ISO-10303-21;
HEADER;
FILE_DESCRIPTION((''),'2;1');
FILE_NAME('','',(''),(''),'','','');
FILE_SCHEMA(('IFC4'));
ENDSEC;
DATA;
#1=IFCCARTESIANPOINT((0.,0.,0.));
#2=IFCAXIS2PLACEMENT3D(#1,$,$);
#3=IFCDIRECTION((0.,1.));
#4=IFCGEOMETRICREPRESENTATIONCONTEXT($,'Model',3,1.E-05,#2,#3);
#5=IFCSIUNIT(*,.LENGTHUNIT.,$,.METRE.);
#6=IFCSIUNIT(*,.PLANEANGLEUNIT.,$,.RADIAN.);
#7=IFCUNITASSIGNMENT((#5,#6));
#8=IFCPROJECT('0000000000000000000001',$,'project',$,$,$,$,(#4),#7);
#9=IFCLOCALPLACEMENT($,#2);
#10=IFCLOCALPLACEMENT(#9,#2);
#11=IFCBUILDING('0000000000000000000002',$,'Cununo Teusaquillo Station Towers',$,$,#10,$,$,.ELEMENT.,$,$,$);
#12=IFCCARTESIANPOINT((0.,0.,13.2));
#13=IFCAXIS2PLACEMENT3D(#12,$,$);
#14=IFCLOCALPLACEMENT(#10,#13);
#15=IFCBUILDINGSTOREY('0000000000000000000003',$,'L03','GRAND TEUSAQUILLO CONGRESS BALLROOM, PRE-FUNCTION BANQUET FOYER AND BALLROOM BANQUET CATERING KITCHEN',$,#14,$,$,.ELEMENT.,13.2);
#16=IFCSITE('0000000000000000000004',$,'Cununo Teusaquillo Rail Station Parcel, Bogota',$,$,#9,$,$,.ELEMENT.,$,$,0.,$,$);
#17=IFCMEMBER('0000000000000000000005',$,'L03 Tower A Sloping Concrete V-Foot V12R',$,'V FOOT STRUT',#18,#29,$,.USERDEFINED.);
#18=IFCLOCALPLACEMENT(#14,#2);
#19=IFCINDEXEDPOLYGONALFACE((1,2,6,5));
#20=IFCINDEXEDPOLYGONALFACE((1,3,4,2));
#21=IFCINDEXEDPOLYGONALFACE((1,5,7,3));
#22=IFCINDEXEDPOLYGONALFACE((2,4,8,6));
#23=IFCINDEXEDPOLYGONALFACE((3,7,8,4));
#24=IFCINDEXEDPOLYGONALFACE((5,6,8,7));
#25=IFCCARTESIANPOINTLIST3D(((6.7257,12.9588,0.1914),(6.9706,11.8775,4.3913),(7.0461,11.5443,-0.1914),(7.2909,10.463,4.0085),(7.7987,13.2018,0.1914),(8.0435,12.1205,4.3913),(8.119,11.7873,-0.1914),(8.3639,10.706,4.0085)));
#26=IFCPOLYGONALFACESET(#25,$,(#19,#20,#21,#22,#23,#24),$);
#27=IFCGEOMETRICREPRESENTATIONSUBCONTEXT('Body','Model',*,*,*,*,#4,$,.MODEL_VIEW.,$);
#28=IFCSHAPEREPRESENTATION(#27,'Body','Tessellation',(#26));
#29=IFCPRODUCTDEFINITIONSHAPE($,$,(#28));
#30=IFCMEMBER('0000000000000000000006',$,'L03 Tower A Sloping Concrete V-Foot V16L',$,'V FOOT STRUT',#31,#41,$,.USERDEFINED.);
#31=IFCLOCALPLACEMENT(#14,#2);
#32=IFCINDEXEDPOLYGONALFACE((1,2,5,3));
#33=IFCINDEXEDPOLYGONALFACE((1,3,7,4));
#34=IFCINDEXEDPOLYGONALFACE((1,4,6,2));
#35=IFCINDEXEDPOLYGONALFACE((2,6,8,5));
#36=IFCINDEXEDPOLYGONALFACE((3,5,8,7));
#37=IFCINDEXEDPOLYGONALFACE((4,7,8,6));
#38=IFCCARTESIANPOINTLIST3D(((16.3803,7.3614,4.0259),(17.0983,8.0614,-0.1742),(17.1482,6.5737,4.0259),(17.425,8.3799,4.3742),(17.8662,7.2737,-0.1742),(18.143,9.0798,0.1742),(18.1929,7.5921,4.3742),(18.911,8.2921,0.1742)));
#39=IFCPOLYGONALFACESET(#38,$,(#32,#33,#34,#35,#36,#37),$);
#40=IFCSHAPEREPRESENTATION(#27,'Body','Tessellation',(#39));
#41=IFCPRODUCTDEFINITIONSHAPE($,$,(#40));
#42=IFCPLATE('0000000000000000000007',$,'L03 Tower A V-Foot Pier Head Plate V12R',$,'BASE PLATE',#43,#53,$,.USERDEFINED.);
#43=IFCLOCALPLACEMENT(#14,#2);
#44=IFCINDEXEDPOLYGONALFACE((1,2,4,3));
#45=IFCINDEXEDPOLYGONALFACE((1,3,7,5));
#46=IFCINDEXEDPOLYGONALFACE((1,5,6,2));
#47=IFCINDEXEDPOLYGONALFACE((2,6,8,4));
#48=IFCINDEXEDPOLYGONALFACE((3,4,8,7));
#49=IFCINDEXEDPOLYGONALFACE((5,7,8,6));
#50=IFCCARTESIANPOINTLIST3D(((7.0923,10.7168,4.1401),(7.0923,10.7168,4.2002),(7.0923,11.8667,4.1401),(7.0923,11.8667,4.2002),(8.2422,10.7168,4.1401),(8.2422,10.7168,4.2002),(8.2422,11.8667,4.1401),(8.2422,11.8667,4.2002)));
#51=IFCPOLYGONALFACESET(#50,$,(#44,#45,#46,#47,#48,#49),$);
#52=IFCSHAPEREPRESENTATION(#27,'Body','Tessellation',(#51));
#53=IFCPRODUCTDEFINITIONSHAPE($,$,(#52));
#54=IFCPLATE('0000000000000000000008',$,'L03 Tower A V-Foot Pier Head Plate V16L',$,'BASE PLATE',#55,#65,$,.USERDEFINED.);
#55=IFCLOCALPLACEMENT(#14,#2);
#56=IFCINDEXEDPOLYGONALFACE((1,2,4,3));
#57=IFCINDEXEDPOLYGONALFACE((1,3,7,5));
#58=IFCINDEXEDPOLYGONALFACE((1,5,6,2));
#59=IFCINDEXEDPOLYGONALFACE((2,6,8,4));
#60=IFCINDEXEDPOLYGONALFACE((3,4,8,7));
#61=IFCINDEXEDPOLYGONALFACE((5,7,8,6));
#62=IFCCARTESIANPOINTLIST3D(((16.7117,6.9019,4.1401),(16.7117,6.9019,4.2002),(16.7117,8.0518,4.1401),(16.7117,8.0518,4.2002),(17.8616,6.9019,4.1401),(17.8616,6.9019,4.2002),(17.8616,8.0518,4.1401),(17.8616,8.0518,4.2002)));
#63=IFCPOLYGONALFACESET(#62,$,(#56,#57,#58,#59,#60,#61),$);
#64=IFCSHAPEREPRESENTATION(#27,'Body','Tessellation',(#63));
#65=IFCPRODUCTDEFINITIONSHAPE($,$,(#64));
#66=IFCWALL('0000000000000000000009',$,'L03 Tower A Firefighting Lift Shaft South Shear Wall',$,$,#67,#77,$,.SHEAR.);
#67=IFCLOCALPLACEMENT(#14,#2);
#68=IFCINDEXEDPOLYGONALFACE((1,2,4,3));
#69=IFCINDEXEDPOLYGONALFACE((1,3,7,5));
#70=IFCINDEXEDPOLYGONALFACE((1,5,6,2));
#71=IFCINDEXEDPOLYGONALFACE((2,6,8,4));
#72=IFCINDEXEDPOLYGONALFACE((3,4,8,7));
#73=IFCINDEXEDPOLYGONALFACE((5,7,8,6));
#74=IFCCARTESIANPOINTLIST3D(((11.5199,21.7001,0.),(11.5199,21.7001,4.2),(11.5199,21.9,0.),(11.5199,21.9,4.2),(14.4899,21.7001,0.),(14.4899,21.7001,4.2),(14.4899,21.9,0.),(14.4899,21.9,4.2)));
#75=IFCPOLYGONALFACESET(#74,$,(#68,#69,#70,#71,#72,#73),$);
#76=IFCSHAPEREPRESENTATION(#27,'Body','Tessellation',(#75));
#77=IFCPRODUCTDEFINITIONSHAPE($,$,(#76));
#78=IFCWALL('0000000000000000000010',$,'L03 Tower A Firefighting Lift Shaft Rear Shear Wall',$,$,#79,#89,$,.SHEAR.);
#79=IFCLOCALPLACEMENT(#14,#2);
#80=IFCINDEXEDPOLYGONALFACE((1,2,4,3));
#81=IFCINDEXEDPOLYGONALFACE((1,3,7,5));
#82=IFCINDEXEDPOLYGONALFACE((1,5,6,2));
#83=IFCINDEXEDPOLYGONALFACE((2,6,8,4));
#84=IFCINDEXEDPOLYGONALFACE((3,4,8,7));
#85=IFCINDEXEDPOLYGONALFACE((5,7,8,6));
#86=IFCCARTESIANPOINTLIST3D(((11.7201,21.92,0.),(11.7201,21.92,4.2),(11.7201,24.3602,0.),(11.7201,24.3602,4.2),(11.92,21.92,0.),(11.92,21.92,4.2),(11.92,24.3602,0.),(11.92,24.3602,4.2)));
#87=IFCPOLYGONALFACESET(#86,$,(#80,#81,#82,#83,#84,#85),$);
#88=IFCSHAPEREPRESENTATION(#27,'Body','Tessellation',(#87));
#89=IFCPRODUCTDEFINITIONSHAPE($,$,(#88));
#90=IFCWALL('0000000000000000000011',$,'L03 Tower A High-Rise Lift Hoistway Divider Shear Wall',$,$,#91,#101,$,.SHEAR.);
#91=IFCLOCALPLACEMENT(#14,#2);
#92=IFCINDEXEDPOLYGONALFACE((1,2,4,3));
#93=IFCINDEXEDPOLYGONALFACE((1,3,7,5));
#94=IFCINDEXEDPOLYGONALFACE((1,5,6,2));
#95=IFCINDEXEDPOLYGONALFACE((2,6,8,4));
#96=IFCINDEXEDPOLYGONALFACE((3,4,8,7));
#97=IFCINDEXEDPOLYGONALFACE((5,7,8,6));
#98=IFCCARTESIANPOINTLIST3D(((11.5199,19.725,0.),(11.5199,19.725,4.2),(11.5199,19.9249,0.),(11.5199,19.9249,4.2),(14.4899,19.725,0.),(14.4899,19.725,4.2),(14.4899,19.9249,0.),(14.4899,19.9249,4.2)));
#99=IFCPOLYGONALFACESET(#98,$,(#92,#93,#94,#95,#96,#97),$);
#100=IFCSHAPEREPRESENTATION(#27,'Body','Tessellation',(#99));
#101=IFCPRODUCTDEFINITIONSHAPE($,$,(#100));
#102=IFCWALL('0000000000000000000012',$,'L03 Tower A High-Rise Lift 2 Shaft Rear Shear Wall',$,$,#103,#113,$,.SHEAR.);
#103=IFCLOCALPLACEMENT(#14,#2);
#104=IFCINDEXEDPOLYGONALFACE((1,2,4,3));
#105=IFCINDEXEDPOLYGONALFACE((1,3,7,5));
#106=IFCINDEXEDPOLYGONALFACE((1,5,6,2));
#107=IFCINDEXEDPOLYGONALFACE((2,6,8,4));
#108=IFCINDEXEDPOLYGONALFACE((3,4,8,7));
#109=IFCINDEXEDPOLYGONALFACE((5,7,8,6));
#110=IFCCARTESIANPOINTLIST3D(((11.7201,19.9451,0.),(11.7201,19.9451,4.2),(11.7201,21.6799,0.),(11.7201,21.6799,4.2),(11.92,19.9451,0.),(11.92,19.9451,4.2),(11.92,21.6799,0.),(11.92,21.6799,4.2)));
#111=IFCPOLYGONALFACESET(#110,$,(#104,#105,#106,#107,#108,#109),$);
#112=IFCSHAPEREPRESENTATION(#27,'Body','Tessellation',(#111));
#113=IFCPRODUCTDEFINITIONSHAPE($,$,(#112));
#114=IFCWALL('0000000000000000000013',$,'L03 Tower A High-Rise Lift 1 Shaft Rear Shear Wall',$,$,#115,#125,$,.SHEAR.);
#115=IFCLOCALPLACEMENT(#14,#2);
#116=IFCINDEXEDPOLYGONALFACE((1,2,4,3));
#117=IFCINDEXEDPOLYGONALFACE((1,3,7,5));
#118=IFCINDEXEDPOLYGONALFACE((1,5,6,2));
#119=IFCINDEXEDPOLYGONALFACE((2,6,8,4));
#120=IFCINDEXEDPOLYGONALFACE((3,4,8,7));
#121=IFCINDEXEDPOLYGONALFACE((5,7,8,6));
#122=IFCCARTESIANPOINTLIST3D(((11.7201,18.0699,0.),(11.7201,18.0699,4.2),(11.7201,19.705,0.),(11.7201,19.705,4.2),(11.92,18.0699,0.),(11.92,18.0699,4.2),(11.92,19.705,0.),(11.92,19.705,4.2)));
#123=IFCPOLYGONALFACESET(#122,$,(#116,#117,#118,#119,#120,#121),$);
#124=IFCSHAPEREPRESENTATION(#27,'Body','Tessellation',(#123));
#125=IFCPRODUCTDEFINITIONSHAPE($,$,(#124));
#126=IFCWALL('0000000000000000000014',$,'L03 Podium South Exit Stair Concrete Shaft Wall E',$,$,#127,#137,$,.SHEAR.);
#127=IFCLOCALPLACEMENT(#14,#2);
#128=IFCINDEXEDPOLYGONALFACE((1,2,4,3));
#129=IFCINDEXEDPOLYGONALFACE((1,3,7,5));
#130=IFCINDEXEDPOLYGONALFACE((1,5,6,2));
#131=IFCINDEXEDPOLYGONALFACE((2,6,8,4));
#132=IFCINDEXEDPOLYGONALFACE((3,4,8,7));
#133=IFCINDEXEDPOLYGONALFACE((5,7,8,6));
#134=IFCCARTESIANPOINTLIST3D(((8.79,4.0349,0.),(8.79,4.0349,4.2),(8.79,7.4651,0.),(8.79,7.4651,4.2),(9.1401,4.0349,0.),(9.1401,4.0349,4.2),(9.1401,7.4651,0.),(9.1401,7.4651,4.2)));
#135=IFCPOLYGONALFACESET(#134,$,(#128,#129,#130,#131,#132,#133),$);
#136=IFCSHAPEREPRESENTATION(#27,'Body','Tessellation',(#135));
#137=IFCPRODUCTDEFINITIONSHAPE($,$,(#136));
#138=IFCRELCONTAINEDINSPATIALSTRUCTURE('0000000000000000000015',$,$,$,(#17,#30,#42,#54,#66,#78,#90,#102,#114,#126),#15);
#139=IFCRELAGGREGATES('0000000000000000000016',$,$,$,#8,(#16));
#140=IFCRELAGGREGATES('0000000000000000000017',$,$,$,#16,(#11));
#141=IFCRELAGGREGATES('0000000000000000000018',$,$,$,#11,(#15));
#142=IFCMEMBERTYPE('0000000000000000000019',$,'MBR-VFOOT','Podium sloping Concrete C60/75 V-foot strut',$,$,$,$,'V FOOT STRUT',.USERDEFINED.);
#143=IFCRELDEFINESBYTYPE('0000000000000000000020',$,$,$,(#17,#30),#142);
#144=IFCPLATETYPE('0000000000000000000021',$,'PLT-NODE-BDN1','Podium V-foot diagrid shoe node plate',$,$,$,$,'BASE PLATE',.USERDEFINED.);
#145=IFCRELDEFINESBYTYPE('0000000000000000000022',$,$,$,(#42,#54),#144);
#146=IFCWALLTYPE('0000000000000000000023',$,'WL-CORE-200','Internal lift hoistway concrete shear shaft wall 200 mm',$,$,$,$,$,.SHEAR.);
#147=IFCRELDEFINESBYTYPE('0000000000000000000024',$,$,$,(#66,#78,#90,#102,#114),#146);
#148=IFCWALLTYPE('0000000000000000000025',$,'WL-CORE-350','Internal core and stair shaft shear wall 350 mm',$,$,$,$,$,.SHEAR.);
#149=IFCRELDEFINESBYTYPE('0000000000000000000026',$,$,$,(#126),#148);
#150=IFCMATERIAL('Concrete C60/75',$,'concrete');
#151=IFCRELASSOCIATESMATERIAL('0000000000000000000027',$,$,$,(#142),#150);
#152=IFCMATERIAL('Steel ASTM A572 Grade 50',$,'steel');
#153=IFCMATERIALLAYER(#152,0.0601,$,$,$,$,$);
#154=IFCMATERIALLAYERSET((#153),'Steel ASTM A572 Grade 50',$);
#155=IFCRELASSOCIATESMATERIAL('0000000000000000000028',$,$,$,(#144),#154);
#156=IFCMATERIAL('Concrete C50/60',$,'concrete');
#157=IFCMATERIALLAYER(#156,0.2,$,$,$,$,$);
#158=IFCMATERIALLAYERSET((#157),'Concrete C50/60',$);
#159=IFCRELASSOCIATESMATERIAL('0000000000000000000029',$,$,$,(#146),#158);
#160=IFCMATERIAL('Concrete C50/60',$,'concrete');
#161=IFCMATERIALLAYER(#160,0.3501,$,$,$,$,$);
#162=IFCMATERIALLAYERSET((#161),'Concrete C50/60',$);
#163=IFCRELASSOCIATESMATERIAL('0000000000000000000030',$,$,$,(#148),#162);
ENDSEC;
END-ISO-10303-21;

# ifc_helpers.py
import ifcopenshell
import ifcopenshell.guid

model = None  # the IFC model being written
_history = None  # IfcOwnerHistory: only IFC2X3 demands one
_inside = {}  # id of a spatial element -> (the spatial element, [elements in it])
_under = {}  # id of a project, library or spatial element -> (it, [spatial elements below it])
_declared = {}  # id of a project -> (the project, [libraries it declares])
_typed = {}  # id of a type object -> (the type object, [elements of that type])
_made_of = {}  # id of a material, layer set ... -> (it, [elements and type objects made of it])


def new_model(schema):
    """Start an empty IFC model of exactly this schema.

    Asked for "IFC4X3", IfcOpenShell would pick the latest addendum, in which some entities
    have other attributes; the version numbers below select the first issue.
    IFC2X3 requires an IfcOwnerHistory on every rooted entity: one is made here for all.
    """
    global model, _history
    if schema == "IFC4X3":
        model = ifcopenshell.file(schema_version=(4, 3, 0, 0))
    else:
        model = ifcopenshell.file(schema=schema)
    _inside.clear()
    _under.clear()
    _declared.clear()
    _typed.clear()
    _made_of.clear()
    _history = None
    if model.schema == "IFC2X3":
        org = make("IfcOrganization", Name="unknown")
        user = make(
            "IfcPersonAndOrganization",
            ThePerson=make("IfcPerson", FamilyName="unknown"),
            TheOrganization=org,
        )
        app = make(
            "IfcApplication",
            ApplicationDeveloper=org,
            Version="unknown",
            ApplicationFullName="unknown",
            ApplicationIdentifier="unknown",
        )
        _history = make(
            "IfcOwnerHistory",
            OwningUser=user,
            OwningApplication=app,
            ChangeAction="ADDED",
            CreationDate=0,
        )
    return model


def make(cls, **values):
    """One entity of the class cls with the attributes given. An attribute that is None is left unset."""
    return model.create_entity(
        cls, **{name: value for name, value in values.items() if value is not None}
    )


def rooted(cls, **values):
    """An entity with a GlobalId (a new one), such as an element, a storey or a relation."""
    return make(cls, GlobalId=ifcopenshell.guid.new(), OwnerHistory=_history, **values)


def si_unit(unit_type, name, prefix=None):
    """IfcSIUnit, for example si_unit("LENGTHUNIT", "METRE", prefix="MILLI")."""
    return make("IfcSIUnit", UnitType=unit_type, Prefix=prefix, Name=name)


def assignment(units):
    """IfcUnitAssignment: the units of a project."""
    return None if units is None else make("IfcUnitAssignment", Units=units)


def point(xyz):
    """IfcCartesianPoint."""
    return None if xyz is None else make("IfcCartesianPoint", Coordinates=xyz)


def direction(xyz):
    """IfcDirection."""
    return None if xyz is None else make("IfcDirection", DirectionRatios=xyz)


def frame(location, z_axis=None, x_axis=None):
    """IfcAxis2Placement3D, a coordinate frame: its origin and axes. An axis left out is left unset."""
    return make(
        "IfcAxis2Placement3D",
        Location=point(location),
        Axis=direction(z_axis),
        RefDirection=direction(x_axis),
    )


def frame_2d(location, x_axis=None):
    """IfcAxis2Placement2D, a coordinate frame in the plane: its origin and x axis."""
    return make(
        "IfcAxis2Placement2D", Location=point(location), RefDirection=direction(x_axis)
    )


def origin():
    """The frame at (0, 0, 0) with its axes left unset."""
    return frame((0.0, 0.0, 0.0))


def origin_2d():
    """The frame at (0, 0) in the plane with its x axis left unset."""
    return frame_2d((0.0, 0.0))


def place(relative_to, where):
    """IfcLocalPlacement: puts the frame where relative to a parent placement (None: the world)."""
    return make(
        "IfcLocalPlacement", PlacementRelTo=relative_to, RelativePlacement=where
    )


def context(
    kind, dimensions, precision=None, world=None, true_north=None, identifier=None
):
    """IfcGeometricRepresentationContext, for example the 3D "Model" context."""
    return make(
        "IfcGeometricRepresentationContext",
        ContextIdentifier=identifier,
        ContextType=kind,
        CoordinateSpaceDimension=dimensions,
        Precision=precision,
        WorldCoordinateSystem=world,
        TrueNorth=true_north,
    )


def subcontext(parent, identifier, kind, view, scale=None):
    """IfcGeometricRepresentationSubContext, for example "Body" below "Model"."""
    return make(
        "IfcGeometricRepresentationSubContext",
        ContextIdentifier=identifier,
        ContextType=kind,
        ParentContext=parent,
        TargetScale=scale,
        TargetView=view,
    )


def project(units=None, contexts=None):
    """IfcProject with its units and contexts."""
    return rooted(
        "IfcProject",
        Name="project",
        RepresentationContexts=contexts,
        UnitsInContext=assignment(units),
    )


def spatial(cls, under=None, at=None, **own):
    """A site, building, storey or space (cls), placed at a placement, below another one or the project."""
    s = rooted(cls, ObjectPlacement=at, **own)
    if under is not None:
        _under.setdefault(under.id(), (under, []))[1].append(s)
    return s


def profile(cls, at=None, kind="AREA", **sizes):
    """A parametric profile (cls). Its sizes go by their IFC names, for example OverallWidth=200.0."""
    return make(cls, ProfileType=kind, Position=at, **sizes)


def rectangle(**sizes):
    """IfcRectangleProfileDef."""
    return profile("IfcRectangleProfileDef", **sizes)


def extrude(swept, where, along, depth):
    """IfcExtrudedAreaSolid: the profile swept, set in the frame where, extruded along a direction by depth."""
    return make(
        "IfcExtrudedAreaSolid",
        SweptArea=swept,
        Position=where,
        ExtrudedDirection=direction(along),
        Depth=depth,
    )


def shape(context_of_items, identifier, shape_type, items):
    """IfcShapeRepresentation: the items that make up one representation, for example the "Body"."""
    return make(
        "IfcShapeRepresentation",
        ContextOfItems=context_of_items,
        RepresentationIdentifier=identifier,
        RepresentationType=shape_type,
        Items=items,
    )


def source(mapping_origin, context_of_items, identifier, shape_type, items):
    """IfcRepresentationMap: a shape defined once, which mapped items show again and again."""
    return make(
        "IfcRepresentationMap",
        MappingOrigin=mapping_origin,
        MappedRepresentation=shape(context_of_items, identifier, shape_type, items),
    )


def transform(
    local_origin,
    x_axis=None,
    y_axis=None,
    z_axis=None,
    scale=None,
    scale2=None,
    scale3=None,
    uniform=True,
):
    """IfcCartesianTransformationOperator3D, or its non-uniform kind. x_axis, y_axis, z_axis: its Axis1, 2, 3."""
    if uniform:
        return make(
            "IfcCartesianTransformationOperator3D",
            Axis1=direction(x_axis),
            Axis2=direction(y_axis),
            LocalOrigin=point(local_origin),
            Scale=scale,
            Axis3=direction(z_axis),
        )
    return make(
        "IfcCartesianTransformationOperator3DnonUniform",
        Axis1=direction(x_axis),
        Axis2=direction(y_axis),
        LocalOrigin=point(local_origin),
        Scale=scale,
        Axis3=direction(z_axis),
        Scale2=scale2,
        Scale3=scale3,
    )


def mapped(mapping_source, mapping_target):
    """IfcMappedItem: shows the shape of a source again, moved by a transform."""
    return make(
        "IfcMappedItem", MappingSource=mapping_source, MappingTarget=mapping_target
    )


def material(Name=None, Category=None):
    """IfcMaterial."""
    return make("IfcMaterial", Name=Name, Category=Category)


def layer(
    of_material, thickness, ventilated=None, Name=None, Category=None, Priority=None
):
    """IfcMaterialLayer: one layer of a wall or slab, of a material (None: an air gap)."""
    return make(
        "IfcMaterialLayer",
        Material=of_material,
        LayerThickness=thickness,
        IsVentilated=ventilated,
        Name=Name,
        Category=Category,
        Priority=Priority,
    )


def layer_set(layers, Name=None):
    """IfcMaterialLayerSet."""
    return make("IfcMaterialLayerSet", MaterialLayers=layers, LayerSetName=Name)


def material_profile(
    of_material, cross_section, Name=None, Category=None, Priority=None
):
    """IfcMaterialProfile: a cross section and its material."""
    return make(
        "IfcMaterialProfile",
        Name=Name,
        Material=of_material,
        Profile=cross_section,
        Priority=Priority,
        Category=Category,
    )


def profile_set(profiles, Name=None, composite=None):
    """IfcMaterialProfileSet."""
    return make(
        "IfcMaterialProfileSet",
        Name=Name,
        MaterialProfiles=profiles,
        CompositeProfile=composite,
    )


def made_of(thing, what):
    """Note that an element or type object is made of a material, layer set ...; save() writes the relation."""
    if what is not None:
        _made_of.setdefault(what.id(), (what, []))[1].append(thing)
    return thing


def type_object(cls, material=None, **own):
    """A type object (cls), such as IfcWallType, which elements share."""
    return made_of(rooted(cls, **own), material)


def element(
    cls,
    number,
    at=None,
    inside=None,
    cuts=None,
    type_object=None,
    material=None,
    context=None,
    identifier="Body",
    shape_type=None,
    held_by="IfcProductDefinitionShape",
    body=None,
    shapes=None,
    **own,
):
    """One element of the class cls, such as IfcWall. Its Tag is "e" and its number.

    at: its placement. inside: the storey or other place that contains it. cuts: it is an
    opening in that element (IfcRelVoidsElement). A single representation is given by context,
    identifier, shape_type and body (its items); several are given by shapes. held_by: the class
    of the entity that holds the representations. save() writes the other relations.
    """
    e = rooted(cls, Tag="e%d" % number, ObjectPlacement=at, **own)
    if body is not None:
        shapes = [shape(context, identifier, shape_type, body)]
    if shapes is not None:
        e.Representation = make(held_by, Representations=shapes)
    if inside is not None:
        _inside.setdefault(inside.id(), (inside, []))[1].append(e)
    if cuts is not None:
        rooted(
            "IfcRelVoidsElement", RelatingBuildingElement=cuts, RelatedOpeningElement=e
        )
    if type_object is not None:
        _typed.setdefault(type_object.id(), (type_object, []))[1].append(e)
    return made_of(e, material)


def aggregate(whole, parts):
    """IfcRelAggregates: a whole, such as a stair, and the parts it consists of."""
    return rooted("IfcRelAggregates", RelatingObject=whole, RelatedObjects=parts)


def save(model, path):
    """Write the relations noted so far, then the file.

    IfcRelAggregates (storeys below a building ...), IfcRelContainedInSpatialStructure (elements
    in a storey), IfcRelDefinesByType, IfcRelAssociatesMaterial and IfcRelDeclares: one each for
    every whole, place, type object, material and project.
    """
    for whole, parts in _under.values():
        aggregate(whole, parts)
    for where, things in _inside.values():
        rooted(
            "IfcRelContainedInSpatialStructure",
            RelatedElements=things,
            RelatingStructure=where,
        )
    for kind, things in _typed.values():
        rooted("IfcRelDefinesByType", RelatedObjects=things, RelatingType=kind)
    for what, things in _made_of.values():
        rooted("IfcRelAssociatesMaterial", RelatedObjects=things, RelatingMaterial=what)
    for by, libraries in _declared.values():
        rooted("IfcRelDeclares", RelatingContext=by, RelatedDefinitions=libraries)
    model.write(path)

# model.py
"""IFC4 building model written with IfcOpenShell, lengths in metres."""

from ifc_helpers import new_model, si_unit, direction, frame, frame_2d, origin, origin_2d, place, context, subcontext, project, spatial, rectangle, extrude, source, transform, mapped, material, layer, layer_set, material_profile, profile_set, type_object, element, save


model = new_model("IFC4")

# Units and contexts
model_context = context("Model", 3, precision=1e-05, world=origin(), true_north=direction((0.0, 1.0)))
body_context = subcontext(model_context, "Body", "Model", "MODEL_VIEW")
ifc_project = project(units=[si_unit("LENGTHUNIT", "METRE"), si_unit("PLANEANGLEUNIT", "RADIAN")], contexts=[model_context])

# Site, building, storey
site_placement = place(None, origin())
site = spatial("IfcSite", under=ifc_project, at=site_placement, Name="Cununo Teusaquillo Rail Station Parcel, Bogota", CompositionType="ELEMENT", RefElevation=0.0)
building_placement = place(site_placement, origin())
building = spatial("IfcBuilding", under=site, at=building_placement, Name="Cununo Teusaquillo Station Towers", CompositionType="ELEMENT")
storey_placement = place(building_placement, frame((0.0, 0.0, 13.2)))
storey = spatial("IfcBuildingStorey", under=building, at=storey_placement, Name="L03", Description="GRAND TEUSAQUILLO CONGRESS BALLROOM, PRE-FUNCTION BANQUET FOYER AND BALLROOM BANQUET CATERING KITCHEN", CompositionType="ELEMENT", Elevation=13.2)

# Members
ifc_material_1 = material(Name="Concrete C60/75", Category="concrete")
ifc_material_profile_1 = material_profile(ifc_material_1, rectangle(XDim=1.1001, YDim=1.5, at=origin_2d()), Name="RC-RECT-1500x1100")
ifc_profile_set_1 = profile_set([ifc_material_profile_1], Name="Concrete C60/75")
member_type = type_object("IfcMemberType", Name="MBR-VFOOT", Description="Podium sloping Concrete C60/75 V-foot strut", ElementType="V FOOT STRUT", PredefinedType="USERDEFINED", material=ifc_profile_set_1)
member_1_placement = place(storey_placement, frame((7.4224, 12.373, 0.0), z_axis=(0.056373, -0.248928, 0.96688), x_axis=(0.975303, 0.220869, 0.0)))
element("IfcMember", 1, at=member_1_placement, inside=storey, type_object=member_type, Name="L03 Tower A Sloping Concrete V-Foot V12R", ObjectType="V FOOT STRUT", PredefinedType="USERDEFINED", context=body_context, shape_type="SweptSolid", body=[
    extrude(rectangle(XDim=1.1001, YDim=1.5, at=origin_2d()), origin(), (0.0, 0.0, 1.0), 4.3438),
])
member_2_placement = place(storey_placement, frame((18.0046, 8.1768, 0.0), z_axis=(-0.166285, -0.162101, 0.972663), x_axis=(0.698041, -0.716058, 0.0)))
element("IfcMember", 2, at=member_2_placement, inside=storey, type_object=member_type, Name="L03 Tower A Sloping Concrete V-Foot V16L", ObjectType="V FOOT STRUT", PredefinedType="USERDEFINED", context=body_context, shape_type="SweptSolid", body=[
    extrude(rectangle(XDim=1.1001, YDim=1.5, at=origin_2d()), origin(), (0.0, 0.0, 1.0), 4.3181),
])

# Plates
ifc_material_2 = material(Name="Steel ASTM A572 Grade 50", Category="steel")
ifc_layer_1 = layer(ifc_material_2, 0.0601)
ifc_layer_set_1 = layer_set([ifc_layer_1], Name="Steel ASTM A572 Grade 50")
plate_type = type_object("IfcPlateType", Name="PLT-NODE-BDN1", Description="Podium V-foot diagrid shoe node plate", ElementType="BASE PLATE", PredefinedType="USERDEFINED", material=ifc_layer_set_1)
shared_shape_1 = source(origin(), body_context, "Body", "SweptSolid", [
    extrude(rectangle(XDim=1.1499, YDim=1.1499, at=origin_2d()), origin(), (0.0, 0.0, 1.0), 0.0601),
])
for number, where, z_axis, x_axis, name in (
    (3, (7.6672, 11.2917, 4.1401), (0.0, 0.0, 1.0), (1.0, 0.0, 0.0), "L03 Tower A V-Foot Pier Head Plate V12R"),
    (4, (17.2866, 7.4768, 4.1401), (0.0, 0.0, 1.0), (1.0, 0.0, 0.0), "L03 Tower A V-Foot Pier Head Plate V16L"),
):
    element("IfcPlate", number, at=place(storey_placement, frame(where, z_axis=z_axis, x_axis=x_axis)), inside=storey, type_object=plate_type, Name=name, ObjectType="BASE PLATE", PredefinedType="USERDEFINED", context=body_context, shape_type="MappedRepresentation", body=[
        mapped(shared_shape_1, transform((0.0, 0.0, 0.0), x_axis=(1.0, 0.0, 0.0), y_axis=(0.0, 1.0, 0.0), z_axis=(0.0, 0.0, 1.0), scale=1.0)),
    ])

# Walls
ifc_material_3 = material(Name="Concrete C50/60", Category="concrete")
ifc_layer_2 = layer(ifc_material_3, 0.2)
ifc_layer_set_2 = layer_set([ifc_layer_2], Name="Concrete C50/60")
wall_type_1 = type_object("IfcWallType", Name="WL-CORE-200", Description="Internal lift hoistway concrete shear shaft wall 200 mm", PredefinedType="SHEAR", material=ifc_layer_set_2)
wall_1_placement = place(storey_placement, frame((11.52, 21.8, 0.0), z_axis=(0.0, 0.0, 1.0), x_axis=(1.0, 0.0, 0.0)))
element("IfcWall", 5, at=wall_1_placement, inside=storey, type_object=wall_type_1, Name="L03 Tower A Firefighting Lift Shaft South Shear Wall", PredefinedType="SHEAR", context=body_context, shape_type="SweptSolid", body=[
    extrude(rectangle(XDim=2.97, YDim=0.2, at=frame_2d((1.4849, 0.0))), origin(), (0.0, 0.0, 1.0), 4.2),
])
wall_2_placement = place(storey_placement, frame((11.8201, 21.9199, 0.0), z_axis=(0.0, 0.0, 1.0), x_axis=(0.0, 1.0, 0.0)))
element("IfcWall", 6, at=wall_2_placement, inside=storey, type_object=wall_type_1, Name="L03 Tower A Firefighting Lift Shaft Rear Shear Wall", PredefinedType="SHEAR", context=body_context, shape_type="SweptSolid", body=[
    extrude(rectangle(XDim=2.4402, YDim=0.2, at=frame_2d((1.2202, 0.0))), origin(), (0.0, 0.0, 1.0), 4.2),
])
wall_3_placement = place(storey_placement, frame((11.52, 19.825, 0.0), z_axis=(0.0, 0.0, 1.0), x_axis=(1.0, 0.0, 0.0)))
element("IfcWall", 7, at=wall_3_placement, inside=storey, type_object=wall_type_1, Name="L03 Tower A High-Rise Lift Hoistway Divider Shear Wall", PredefinedType="SHEAR", context=body_context, shape_type="SweptSolid", body=[
    extrude(rectangle(XDim=2.97, YDim=0.2, at=frame_2d((1.4849, 0.0))), origin(), (0.0, 0.0, 1.0), 4.2),
])
wall_4_placement = place(storey_placement, frame((11.8201, 19.9451, 0.0), z_axis=(0.0, 0.0, 1.0), x_axis=(0.0, 1.0, 0.0)))
element("IfcWall", 8, at=wall_4_placement, inside=storey, type_object=wall_type_1, Name="L03 Tower A High-Rise Lift 2 Shaft Rear Shear Wall", PredefinedType="SHEAR", context=body_context, shape_type="SweptSolid", body=[
    extrude(rectangle(XDim=1.7349, YDim=0.2, at=frame_2d((0.8674, 0.0))), origin(), (0.0, 0.0, 1.0), 4.2),
])
wall_5_placement = place(storey_placement, frame((11.8201, 18.0701, 0.0), z_axis=(0.0, 0.0, 1.0), x_axis=(0.0, 1.0, 0.0)))
element("IfcWall", 9, at=wall_5_placement, inside=storey, type_object=wall_type_1, Name="L03 Tower A High-Rise Lift 1 Shaft Rear Shear Wall", PredefinedType="SHEAR", context=body_context, shape_type="SweptSolid", body=[
    extrude(rectangle(XDim=1.635, YDim=0.2, at=frame_2d((0.8174, 0.0))), origin(), (0.0, 0.0, 1.0), 4.2),
])
ifc_material_4 = material(Name="Concrete C50/60", Category="concrete")
ifc_layer_3 = layer(ifc_material_4, 0.3501)
ifc_layer_set_3 = layer_set([ifc_layer_3], Name="Concrete C50/60")
wall_type_2 = type_object("IfcWallType", Name="WL-CORE-350", Description="Internal core and stair shaft shear wall 350 mm", PredefinedType="SHEAR", material=ifc_layer_set_3)
wall_6_placement = place(storey_placement, frame((8.9651, 4.0349, 0.0), z_axis=(0.0, 0.0, 1.0), x_axis=(0.0, 1.0, 0.0)))
element("IfcWall", 10, at=wall_6_placement, inside=storey, type_object=wall_type_2, Name="L03 Podium South Exit Stair Concrete Shaft Wall E", PredefinedType="SHEAR", context=body_context, shape_type="SweptSolid", body=[
    extrude(rectangle(XDim=3.4302, YDim=0.3501, at=frame_2d((1.7151, 0.0))), origin(), (0.0, 0.0, 1.0), 4.2),
])

save(model, "model.ifc")
